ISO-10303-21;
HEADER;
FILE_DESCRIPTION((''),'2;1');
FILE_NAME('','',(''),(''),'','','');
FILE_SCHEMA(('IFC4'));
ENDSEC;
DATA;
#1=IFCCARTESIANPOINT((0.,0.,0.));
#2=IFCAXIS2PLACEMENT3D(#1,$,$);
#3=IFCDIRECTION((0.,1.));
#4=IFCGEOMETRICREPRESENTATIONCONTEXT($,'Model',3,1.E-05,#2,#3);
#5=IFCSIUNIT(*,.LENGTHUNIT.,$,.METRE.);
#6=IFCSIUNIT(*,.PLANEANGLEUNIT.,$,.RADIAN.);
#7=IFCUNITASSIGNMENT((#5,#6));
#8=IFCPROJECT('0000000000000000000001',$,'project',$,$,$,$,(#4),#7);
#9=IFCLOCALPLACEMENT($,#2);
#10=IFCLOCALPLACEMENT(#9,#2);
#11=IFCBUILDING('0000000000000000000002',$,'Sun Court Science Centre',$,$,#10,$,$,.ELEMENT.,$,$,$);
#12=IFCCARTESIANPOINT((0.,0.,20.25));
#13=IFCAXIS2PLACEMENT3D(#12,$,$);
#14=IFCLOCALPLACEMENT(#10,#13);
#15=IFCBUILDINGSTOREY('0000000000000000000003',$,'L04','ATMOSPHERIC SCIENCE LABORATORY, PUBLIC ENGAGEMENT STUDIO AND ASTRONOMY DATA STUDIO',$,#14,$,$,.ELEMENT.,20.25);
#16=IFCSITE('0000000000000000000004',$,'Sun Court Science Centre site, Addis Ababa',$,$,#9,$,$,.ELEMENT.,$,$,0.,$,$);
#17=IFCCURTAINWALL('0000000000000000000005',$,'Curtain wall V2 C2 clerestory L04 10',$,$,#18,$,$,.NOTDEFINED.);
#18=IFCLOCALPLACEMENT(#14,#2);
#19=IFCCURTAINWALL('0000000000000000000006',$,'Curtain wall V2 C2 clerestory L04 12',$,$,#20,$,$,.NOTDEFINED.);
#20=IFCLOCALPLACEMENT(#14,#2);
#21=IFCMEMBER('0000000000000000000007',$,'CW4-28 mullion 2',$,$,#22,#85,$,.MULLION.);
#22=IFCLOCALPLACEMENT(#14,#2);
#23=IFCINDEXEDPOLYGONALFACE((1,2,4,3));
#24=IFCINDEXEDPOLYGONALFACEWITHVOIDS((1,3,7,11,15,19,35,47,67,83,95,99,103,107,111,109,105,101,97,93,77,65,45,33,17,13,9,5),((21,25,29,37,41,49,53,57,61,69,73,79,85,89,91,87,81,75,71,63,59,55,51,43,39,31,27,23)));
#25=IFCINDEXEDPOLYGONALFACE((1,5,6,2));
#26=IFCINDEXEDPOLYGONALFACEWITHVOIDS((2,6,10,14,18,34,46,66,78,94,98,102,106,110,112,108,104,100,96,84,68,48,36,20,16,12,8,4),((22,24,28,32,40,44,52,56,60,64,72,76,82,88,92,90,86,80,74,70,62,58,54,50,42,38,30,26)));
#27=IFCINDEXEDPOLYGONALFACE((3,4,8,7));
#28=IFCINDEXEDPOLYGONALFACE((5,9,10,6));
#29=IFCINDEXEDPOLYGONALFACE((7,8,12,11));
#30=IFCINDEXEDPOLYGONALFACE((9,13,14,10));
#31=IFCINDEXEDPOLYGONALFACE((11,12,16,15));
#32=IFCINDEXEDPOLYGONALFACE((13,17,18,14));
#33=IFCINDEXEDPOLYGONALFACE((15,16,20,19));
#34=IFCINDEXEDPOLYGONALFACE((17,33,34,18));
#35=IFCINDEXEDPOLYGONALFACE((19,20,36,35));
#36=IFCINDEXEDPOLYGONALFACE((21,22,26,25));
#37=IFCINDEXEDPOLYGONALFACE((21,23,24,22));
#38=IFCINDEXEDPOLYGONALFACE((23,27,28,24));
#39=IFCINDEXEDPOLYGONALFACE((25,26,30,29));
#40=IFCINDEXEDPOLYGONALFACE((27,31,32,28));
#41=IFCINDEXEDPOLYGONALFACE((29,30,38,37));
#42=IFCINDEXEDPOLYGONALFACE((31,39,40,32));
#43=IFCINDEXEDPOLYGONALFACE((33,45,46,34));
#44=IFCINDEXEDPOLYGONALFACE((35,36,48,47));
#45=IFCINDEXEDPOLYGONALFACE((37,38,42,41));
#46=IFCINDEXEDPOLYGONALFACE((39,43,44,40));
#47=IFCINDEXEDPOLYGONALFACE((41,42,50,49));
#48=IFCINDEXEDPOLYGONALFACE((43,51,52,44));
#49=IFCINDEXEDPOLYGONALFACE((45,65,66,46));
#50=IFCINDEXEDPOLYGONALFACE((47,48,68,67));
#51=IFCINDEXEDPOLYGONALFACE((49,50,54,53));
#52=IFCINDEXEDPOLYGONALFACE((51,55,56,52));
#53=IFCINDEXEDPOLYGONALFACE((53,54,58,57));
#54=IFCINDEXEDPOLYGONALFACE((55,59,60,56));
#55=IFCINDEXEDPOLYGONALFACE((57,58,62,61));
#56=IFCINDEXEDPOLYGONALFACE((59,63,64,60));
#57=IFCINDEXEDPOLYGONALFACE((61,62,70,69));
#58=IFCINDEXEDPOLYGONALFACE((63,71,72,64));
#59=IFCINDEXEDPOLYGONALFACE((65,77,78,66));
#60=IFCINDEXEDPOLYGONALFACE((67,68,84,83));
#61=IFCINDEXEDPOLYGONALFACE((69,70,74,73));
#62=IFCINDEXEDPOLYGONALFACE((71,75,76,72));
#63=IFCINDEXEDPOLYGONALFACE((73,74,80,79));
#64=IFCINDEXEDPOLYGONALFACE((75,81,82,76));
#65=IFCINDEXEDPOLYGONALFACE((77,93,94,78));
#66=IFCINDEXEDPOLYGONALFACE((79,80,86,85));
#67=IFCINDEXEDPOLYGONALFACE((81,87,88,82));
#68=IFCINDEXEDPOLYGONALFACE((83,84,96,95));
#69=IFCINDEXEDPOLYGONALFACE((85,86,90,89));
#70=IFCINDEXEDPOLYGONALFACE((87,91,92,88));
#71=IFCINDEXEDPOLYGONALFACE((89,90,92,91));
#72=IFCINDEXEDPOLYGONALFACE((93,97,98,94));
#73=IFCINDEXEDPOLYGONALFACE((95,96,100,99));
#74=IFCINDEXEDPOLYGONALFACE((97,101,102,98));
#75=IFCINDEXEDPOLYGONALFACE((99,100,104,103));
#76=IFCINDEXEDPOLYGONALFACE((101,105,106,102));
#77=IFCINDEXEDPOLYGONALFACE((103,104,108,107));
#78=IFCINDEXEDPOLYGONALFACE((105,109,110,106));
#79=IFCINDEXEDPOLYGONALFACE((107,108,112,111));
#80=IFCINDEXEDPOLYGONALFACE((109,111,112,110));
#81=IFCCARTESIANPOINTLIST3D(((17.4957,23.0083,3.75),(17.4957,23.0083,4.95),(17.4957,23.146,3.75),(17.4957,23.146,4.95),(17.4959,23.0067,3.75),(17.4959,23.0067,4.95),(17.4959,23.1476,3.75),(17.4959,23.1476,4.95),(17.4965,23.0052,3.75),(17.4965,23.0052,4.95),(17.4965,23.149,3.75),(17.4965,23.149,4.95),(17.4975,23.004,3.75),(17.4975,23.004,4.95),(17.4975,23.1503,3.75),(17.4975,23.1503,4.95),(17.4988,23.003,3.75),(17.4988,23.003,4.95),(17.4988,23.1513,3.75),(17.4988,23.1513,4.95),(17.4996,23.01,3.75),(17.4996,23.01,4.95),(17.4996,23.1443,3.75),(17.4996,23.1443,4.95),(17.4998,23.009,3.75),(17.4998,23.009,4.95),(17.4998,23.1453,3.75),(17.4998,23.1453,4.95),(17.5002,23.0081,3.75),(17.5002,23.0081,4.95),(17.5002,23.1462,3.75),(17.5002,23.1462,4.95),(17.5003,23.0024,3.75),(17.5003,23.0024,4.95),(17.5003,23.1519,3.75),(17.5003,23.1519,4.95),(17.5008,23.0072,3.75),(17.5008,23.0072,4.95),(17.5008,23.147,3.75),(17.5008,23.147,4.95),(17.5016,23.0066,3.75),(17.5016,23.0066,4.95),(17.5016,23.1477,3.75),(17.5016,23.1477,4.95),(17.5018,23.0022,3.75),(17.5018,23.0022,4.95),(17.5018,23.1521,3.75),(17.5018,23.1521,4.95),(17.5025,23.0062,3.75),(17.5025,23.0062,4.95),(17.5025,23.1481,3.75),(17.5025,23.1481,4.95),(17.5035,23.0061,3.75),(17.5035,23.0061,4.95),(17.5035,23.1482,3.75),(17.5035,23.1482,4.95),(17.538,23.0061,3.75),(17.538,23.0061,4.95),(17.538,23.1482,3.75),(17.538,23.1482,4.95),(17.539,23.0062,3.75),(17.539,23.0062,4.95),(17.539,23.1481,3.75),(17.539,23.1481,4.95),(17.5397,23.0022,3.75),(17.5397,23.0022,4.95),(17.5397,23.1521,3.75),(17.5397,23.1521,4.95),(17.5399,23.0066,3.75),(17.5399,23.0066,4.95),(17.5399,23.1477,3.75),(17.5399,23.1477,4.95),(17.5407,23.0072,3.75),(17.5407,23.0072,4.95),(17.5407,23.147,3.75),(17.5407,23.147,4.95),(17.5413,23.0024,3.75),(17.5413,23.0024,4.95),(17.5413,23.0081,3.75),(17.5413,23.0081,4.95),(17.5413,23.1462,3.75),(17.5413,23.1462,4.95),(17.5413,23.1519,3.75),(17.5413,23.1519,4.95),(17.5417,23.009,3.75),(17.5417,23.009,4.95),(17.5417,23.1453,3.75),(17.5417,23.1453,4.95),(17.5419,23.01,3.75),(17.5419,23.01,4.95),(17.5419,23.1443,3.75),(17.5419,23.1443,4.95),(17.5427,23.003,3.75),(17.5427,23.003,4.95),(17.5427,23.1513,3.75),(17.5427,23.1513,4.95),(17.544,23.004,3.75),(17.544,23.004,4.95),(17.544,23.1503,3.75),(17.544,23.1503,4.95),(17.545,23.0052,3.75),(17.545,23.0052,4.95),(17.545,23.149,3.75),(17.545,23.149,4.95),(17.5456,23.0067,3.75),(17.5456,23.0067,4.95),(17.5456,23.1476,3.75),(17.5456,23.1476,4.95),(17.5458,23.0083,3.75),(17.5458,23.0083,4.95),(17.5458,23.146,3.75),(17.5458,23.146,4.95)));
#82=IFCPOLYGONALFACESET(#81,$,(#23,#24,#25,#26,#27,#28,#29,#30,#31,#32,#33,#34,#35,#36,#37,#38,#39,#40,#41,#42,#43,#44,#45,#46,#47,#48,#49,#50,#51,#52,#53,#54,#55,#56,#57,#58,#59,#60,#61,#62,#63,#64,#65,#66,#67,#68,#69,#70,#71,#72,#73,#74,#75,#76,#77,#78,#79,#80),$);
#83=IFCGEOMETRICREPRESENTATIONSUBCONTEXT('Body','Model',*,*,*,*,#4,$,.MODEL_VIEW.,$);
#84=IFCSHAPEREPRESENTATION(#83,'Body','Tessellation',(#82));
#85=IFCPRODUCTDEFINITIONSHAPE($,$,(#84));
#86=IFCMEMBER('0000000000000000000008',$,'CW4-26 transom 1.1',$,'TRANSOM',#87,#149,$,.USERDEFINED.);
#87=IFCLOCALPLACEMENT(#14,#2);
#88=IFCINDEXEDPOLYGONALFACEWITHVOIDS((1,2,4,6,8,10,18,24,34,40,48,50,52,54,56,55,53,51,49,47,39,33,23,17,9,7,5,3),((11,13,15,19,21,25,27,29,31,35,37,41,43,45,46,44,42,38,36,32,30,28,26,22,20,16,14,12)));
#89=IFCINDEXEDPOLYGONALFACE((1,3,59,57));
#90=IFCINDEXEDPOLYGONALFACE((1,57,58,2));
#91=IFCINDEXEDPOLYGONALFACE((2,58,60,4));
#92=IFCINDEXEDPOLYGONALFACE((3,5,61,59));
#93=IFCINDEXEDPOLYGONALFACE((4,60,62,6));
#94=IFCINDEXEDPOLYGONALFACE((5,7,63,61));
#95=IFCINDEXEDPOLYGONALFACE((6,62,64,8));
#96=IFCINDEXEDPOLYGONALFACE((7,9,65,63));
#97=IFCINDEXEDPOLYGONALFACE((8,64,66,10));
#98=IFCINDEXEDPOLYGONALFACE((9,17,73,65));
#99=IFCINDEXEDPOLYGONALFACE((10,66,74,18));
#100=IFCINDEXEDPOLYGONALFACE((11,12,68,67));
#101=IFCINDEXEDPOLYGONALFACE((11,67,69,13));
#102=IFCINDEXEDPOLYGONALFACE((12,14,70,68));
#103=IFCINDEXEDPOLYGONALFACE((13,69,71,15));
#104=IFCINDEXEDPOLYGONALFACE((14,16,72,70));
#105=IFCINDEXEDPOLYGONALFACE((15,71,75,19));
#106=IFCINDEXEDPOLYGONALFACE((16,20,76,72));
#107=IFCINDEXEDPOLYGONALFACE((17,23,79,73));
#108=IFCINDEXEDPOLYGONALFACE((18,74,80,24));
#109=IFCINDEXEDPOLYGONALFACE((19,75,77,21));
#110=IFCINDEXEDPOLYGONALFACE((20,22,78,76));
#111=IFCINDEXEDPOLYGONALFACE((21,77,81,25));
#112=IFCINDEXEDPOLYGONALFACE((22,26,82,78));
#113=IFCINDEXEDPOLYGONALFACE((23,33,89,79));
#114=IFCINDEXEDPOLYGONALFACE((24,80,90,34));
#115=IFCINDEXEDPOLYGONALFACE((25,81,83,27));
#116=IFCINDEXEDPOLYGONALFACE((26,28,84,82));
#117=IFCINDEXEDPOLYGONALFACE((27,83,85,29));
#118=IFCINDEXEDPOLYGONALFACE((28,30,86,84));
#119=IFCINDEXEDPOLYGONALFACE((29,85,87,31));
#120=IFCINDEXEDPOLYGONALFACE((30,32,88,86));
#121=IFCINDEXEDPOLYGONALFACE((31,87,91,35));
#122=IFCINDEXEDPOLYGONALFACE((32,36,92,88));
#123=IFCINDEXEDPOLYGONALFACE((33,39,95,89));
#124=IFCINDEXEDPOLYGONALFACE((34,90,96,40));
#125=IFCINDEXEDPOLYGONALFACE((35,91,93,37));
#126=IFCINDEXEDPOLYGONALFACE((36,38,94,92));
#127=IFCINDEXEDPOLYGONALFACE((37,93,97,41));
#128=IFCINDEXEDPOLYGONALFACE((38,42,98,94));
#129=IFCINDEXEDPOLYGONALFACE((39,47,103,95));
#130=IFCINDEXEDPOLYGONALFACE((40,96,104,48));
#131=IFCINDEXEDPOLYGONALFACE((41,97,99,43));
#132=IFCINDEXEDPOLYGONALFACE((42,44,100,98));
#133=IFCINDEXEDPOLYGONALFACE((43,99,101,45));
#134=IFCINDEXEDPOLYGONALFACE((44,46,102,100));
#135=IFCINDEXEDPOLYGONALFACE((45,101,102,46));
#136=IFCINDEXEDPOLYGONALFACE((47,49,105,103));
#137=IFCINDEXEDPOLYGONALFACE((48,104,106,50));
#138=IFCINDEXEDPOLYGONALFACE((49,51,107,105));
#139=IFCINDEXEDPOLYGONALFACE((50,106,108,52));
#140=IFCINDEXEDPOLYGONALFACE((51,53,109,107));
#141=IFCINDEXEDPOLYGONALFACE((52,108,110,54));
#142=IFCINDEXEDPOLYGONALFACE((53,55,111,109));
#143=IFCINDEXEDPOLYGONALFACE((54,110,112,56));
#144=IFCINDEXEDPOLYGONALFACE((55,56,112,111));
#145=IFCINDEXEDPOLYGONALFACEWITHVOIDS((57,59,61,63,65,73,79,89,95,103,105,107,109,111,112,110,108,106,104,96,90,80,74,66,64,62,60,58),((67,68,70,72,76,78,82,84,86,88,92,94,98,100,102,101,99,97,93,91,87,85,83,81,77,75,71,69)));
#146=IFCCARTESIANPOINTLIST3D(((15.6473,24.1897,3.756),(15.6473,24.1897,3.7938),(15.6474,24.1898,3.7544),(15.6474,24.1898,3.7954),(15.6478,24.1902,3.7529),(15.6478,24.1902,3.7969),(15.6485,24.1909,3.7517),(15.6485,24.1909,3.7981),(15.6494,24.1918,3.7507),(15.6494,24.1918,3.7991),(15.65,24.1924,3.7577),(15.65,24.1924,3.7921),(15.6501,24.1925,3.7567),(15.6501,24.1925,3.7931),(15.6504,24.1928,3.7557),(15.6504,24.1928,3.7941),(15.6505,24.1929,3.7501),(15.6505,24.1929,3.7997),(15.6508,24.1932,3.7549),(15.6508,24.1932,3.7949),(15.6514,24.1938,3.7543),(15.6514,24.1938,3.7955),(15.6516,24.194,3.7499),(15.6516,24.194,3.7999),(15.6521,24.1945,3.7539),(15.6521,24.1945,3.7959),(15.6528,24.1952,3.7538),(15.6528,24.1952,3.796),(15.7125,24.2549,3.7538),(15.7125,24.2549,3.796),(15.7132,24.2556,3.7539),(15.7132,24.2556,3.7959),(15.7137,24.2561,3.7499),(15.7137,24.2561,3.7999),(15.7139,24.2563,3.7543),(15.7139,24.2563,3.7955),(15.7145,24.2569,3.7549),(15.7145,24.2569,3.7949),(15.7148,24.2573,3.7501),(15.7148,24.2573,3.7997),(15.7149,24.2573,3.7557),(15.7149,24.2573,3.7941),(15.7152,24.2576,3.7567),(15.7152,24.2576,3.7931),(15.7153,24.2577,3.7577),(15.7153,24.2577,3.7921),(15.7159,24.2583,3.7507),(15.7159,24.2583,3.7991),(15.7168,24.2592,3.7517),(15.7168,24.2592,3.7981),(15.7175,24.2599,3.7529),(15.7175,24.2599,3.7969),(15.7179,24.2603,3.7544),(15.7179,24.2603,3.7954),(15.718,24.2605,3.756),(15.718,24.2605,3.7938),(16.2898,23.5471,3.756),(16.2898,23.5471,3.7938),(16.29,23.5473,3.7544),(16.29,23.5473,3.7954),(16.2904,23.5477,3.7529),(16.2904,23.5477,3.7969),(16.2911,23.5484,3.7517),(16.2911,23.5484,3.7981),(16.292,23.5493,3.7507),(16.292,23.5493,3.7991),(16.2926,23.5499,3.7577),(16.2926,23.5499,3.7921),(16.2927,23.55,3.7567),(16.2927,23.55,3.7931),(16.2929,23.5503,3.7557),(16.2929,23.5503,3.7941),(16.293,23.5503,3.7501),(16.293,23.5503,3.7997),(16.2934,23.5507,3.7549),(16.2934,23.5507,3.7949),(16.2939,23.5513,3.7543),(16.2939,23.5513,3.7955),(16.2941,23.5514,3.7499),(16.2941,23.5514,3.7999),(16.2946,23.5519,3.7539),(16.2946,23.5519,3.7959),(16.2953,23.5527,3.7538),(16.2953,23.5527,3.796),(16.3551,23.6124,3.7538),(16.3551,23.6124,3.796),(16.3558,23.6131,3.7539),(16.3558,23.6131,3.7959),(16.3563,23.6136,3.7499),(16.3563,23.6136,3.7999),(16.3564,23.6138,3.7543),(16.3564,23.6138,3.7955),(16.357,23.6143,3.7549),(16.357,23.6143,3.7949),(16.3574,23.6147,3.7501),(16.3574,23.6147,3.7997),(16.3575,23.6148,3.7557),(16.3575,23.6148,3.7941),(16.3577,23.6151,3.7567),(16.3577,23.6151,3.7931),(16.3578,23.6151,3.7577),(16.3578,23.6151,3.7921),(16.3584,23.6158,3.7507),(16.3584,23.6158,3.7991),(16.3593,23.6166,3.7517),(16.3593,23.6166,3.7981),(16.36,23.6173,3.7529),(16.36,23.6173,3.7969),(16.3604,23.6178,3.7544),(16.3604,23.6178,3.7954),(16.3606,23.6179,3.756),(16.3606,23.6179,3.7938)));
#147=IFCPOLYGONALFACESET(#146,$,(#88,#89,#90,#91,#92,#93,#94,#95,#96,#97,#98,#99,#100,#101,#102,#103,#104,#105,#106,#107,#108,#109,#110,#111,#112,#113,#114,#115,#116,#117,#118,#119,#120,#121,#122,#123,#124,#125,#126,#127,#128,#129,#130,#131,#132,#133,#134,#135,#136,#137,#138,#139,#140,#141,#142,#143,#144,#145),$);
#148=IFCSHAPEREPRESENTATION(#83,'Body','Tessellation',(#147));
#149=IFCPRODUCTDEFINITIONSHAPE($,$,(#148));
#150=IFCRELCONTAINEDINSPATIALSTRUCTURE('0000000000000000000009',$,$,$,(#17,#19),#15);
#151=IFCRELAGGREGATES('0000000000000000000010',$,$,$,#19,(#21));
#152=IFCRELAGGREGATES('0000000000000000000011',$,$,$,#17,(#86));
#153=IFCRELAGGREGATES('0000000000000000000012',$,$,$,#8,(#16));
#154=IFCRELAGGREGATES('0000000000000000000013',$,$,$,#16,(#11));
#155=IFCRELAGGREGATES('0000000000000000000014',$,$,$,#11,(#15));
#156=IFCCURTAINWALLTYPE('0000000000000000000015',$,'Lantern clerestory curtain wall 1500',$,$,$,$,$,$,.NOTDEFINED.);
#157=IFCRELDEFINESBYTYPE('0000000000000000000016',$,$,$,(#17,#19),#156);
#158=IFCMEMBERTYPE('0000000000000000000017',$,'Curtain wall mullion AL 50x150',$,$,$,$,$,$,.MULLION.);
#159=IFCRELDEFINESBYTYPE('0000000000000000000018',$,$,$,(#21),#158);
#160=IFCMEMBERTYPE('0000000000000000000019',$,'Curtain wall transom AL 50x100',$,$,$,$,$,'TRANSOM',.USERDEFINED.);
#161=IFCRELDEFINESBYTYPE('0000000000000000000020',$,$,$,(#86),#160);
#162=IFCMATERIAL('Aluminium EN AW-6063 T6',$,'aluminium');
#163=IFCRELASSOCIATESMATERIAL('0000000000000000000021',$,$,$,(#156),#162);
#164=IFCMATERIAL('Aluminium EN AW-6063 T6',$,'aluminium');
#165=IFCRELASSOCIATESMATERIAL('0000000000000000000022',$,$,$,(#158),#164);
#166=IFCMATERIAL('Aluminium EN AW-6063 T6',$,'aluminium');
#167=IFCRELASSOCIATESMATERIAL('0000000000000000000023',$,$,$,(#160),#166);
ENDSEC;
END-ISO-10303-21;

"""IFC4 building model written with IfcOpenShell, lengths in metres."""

from ifc_helpers import new_model, si_unit, direction, frame, origin, origin_2d, place, context, subcontext, project, spatial, hollow_rectangle, extrude, material, material_profile, profile_set, type_object, element, aggregate, save


model = new_model("IFC4")

# Units and contexts
model_context = context("Model", 3, precision=1e-05, world=origin(), true_north=direction((0.0, 1.0)))
body_context = subcontext(model_context, "Body", "Model", "MODEL_VIEW")
ifc_project = project(units=[si_unit("LENGTHUNIT", "METRE"), si_unit("PLANEANGLEUNIT", "RADIAN")], contexts=[model_context])

# Site, building, storey
site_placement = place(None, origin())
site = spatial("IfcSite", under=ifc_project, at=site_placement, Name="Sun Court Science Centre site, Addis Ababa", CompositionType="ELEMENT", RefElevation=0.0)
building_placement = place(site_placement, origin())
building = spatial("IfcBuilding", under=site, at=building_placement, Name="Sun Court Science Centre", CompositionType="ELEMENT")
storey_placement = place(building_placement, frame((0.0, 0.0, 20.25)))
storey = spatial("IfcBuildingStorey", under=building, at=storey_placement, Name="L04", Description="ATMOSPHERIC SCIENCE LABORATORY, PUBLIC ENGAGEMENT STUDIO AND ASTRONOMY DATA STUDIO", CompositionType="ELEMENT", Elevation=20.25)

# Curtain wall
ifc_material_1 = material(Name="Aluminium EN AW-6063 T6", Category="aluminium")
curtain_wall_type = type_object("IfcCurtainWallType", Name="Lantern clerestory curtain wall 1500", PredefinedType="NOTDEFINED", material=ifc_material_1)
curtain_wall_1_placement = place(storey_placement, origin())
curtain_wall_1 = element("IfcCurtainWall", 1, at=curtain_wall_1_placement, inside=storey, type_object=curtain_wall_type, Name="Curtain wall V2 C2 clerestory L04 10", PredefinedType="NOTDEFINED")
ifc_material_2 = material(Name="Aluminium EN AW-6063 T6", Category="aluminium")
ifc_material_profile_1 = material_profile(ifc_material_2, hollow_rectangle(XDim=0.05, YDim=0.1499, WallThickness=0.0039, InnerFilletRadius=0.0039, OuterFilletRadius=0.0061, at=origin_2d()), Name="AL 50x150x4")
ifc_profile_set_1 = profile_set([ifc_material_profile_1], Name="Aluminium EN AW-6063 T6")
member_type_1 = type_object("IfcMemberType", Name="Curtain wall mullion AL 50x150", PredefinedType="MULLION", material=ifc_profile_set_1)

# Curtain wall, member
curtain_wall_2_placement = place(storey_placement, origin())
curtain_wall_2 = element("IfcCurtainWall", 2, at=curtain_wall_2_placement, inside=storey, type_object=curtain_wall_type, Name="Curtain wall V2 C2 clerestory L04 12", PredefinedType="NOTDEFINED")
member_1_placement = place(storey_placement, frame((17.5208, 23.0771, 3.75), z_axis=(0.0, 0.0, 1.0), x_axis=(-1.0, 0.0, 0.0)))
member_1 = element("IfcMember", 3, at=member_1_placement, type_object=member_type_1, Name="CW4-28 mullion 2", PredefinedType="MULLION", context=body_context, shape_type="SweptSolid", body=[
    extrude(hollow_rectangle(XDim=0.05, YDim=0.1499, WallThickness=0.0039, InnerFilletRadius=0.0039, OuterFilletRadius=0.0061, at=origin_2d()), origin(), (0.0, 0.0, 1.0), 1.2),
])
aggregate(curtain_wall_2, [member_1])

# Member
ifc_material_3 = material(Name="Aluminium EN AW-6063 T6", Category="aluminium")
ifc_material_profile_2 = material_profile(ifc_material_3, hollow_rectangle(XDim=0.05, YDim=0.1001, WallThickness=0.0039, InnerFilletRadius=0.0039, OuterFilletRadius=0.0061, at=origin_2d()), Name="AL 50x100x4")
ifc_profile_set_2 = profile_set([ifc_material_profile_2], Name="Aluminium EN AW-6063 T6")
member_type_2 = type_object("IfcMemberType", Name="Curtain wall transom AL 50x100", ElementType="TRANSOM", PredefinedType="USERDEFINED", material=ifc_profile_set_2)
member_2_placement = place(storey_placement, frame((16.3252, 23.5825, 3.7749), z_axis=(-0.707107, 0.707107, 0.0), x_axis=(0.0, 0.0, 1.0)))
member_2 = element("IfcMember", 4, at=member_2_placement, type_object=member_type_2, Name="CW4-26 transom 1.1", ObjectType="TRANSOM", PredefinedType="USERDEFINED", context=body_context, shape_type="SweptSolid", body=[
    extrude(hollow_rectangle(XDim=0.05, YDim=0.1001, WallThickness=0.0039, InnerFilletRadius=0.0039, OuterFilletRadius=0.0061, at=origin_2d()), origin(), (0.0, 0.0, 1.0), 0.9087),
])

aggregate(curtain_wall_1, [member_2])

save(model, "model.ifc")
